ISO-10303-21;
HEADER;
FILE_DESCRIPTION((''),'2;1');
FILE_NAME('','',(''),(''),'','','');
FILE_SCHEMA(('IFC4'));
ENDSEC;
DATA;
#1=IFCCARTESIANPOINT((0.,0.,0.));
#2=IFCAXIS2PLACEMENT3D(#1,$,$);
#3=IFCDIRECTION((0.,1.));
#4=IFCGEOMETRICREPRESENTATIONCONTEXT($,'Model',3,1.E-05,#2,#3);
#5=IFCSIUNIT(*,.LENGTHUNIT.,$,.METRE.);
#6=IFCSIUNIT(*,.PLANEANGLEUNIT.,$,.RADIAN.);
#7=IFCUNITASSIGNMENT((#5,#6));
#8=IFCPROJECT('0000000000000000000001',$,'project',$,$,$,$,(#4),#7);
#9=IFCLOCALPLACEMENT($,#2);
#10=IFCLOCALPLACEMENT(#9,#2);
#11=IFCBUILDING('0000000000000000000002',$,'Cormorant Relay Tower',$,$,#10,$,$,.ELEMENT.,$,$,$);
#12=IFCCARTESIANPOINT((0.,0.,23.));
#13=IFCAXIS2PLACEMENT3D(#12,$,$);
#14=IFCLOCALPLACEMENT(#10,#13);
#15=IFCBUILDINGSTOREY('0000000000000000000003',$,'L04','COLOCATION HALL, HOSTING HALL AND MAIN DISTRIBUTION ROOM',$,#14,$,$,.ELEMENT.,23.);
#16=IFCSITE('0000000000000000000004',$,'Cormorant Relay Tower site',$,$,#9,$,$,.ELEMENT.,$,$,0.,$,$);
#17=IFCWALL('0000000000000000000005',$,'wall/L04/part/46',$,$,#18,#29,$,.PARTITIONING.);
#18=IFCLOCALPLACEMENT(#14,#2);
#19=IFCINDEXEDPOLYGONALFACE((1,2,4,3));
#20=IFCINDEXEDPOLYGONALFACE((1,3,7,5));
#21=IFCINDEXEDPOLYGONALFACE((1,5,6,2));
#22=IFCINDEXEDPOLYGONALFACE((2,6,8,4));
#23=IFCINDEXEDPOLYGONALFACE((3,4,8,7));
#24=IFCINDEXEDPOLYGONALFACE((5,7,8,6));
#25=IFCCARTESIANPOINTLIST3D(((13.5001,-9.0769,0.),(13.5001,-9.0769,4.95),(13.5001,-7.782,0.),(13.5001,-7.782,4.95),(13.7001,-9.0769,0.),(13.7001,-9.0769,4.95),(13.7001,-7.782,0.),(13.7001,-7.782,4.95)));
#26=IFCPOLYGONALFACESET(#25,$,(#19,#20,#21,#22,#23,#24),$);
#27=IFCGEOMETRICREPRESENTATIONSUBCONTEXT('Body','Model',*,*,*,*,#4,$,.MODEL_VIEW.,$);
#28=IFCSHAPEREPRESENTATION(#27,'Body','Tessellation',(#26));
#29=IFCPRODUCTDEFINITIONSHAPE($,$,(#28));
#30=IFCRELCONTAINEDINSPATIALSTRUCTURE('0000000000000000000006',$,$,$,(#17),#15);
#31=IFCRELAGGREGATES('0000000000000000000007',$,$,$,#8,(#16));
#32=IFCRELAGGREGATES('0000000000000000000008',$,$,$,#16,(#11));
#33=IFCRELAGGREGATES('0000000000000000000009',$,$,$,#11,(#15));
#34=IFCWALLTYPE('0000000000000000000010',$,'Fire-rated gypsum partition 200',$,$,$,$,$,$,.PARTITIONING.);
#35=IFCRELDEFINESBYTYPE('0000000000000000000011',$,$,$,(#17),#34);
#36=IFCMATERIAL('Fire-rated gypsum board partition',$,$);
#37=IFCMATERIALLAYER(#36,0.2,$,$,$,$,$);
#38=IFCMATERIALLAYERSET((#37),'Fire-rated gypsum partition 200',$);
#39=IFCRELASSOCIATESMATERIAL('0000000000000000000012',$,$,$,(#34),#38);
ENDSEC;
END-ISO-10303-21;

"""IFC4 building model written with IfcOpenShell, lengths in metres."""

from ifc_helpers import new_model, si_unit, direction, frame, frame_2d, origin, place, context, subcontext, project, spatial, rectangle, extrude, material, layer, layer_set, type_object, element, save


model = new_model("IFC4")

# Units and contexts
model_context = context("Model", 3, precision=1e-05, world=origin(), true_north=direction((0.0, 1.0)))
body_context = subcontext(model_context, "Body", "Model", "MODEL_VIEW")
ifc_project = project(units=[si_unit("LENGTHUNIT", "METRE"), si_unit("PLANEANGLEUNIT", "RADIAN")], contexts=[model_context])

# Site, building, storey
site_placement = place(None, origin())
site = spatial("IfcSite", under=ifc_project, at=site_placement, Name="Cormorant Relay Tower site", CompositionType="ELEMENT", RefElevation=0.0)
building_placement = place(site_placement, origin())
building = spatial("IfcBuilding", under=site, at=building_placement, Name="Cormorant Relay Tower", CompositionType="ELEMENT")
storey_placement = place(building_placement, frame((0.0, 0.0, 23.0)))
storey = spatial("IfcBuildingStorey", under=building, at=storey_placement, Name="L04", Description="COLOCATION HALL, HOSTING HALL AND MAIN DISTRIBUTION ROOM", CompositionType="ELEMENT", Elevation=23.0)

# Wall
ifc_material_1 = material(Name="Fire-rated gypsum board partition")
ifc_layer_1 = layer(ifc_material_1, 0.2)
ifc_layer_set_1 = layer_set([ifc_layer_1], Name="Fire-rated gypsum partition 200")
wall_type_1 = type_object("IfcWallType", Name="Fire-rated gypsum partition 200", PredefinedType="PARTITIONING", material=ifc_layer_set_1)
wall_1_placement = place(storey_placement, frame((13.6001, -7.782, 0.0), z_axis=(0.0, 0.0, 1.0), x_axis=(0.0, -1.0, 0.0)))
element("IfcWall", 1, at=wall_1_placement, inside=storey, type_object=wall_type_1, Name="wall/L04/part/46", PredefinedType="PARTITIONING", context=body_context, shape_type="SweptSolid", body=[
    extrude(rectangle(XDim=1.2949, YDim=0.2, at=frame_2d((0.6475, 0.0))), origin(), (0.0, 0.0, 1.0), 4.95),
])

save(model, "model.ifc")
